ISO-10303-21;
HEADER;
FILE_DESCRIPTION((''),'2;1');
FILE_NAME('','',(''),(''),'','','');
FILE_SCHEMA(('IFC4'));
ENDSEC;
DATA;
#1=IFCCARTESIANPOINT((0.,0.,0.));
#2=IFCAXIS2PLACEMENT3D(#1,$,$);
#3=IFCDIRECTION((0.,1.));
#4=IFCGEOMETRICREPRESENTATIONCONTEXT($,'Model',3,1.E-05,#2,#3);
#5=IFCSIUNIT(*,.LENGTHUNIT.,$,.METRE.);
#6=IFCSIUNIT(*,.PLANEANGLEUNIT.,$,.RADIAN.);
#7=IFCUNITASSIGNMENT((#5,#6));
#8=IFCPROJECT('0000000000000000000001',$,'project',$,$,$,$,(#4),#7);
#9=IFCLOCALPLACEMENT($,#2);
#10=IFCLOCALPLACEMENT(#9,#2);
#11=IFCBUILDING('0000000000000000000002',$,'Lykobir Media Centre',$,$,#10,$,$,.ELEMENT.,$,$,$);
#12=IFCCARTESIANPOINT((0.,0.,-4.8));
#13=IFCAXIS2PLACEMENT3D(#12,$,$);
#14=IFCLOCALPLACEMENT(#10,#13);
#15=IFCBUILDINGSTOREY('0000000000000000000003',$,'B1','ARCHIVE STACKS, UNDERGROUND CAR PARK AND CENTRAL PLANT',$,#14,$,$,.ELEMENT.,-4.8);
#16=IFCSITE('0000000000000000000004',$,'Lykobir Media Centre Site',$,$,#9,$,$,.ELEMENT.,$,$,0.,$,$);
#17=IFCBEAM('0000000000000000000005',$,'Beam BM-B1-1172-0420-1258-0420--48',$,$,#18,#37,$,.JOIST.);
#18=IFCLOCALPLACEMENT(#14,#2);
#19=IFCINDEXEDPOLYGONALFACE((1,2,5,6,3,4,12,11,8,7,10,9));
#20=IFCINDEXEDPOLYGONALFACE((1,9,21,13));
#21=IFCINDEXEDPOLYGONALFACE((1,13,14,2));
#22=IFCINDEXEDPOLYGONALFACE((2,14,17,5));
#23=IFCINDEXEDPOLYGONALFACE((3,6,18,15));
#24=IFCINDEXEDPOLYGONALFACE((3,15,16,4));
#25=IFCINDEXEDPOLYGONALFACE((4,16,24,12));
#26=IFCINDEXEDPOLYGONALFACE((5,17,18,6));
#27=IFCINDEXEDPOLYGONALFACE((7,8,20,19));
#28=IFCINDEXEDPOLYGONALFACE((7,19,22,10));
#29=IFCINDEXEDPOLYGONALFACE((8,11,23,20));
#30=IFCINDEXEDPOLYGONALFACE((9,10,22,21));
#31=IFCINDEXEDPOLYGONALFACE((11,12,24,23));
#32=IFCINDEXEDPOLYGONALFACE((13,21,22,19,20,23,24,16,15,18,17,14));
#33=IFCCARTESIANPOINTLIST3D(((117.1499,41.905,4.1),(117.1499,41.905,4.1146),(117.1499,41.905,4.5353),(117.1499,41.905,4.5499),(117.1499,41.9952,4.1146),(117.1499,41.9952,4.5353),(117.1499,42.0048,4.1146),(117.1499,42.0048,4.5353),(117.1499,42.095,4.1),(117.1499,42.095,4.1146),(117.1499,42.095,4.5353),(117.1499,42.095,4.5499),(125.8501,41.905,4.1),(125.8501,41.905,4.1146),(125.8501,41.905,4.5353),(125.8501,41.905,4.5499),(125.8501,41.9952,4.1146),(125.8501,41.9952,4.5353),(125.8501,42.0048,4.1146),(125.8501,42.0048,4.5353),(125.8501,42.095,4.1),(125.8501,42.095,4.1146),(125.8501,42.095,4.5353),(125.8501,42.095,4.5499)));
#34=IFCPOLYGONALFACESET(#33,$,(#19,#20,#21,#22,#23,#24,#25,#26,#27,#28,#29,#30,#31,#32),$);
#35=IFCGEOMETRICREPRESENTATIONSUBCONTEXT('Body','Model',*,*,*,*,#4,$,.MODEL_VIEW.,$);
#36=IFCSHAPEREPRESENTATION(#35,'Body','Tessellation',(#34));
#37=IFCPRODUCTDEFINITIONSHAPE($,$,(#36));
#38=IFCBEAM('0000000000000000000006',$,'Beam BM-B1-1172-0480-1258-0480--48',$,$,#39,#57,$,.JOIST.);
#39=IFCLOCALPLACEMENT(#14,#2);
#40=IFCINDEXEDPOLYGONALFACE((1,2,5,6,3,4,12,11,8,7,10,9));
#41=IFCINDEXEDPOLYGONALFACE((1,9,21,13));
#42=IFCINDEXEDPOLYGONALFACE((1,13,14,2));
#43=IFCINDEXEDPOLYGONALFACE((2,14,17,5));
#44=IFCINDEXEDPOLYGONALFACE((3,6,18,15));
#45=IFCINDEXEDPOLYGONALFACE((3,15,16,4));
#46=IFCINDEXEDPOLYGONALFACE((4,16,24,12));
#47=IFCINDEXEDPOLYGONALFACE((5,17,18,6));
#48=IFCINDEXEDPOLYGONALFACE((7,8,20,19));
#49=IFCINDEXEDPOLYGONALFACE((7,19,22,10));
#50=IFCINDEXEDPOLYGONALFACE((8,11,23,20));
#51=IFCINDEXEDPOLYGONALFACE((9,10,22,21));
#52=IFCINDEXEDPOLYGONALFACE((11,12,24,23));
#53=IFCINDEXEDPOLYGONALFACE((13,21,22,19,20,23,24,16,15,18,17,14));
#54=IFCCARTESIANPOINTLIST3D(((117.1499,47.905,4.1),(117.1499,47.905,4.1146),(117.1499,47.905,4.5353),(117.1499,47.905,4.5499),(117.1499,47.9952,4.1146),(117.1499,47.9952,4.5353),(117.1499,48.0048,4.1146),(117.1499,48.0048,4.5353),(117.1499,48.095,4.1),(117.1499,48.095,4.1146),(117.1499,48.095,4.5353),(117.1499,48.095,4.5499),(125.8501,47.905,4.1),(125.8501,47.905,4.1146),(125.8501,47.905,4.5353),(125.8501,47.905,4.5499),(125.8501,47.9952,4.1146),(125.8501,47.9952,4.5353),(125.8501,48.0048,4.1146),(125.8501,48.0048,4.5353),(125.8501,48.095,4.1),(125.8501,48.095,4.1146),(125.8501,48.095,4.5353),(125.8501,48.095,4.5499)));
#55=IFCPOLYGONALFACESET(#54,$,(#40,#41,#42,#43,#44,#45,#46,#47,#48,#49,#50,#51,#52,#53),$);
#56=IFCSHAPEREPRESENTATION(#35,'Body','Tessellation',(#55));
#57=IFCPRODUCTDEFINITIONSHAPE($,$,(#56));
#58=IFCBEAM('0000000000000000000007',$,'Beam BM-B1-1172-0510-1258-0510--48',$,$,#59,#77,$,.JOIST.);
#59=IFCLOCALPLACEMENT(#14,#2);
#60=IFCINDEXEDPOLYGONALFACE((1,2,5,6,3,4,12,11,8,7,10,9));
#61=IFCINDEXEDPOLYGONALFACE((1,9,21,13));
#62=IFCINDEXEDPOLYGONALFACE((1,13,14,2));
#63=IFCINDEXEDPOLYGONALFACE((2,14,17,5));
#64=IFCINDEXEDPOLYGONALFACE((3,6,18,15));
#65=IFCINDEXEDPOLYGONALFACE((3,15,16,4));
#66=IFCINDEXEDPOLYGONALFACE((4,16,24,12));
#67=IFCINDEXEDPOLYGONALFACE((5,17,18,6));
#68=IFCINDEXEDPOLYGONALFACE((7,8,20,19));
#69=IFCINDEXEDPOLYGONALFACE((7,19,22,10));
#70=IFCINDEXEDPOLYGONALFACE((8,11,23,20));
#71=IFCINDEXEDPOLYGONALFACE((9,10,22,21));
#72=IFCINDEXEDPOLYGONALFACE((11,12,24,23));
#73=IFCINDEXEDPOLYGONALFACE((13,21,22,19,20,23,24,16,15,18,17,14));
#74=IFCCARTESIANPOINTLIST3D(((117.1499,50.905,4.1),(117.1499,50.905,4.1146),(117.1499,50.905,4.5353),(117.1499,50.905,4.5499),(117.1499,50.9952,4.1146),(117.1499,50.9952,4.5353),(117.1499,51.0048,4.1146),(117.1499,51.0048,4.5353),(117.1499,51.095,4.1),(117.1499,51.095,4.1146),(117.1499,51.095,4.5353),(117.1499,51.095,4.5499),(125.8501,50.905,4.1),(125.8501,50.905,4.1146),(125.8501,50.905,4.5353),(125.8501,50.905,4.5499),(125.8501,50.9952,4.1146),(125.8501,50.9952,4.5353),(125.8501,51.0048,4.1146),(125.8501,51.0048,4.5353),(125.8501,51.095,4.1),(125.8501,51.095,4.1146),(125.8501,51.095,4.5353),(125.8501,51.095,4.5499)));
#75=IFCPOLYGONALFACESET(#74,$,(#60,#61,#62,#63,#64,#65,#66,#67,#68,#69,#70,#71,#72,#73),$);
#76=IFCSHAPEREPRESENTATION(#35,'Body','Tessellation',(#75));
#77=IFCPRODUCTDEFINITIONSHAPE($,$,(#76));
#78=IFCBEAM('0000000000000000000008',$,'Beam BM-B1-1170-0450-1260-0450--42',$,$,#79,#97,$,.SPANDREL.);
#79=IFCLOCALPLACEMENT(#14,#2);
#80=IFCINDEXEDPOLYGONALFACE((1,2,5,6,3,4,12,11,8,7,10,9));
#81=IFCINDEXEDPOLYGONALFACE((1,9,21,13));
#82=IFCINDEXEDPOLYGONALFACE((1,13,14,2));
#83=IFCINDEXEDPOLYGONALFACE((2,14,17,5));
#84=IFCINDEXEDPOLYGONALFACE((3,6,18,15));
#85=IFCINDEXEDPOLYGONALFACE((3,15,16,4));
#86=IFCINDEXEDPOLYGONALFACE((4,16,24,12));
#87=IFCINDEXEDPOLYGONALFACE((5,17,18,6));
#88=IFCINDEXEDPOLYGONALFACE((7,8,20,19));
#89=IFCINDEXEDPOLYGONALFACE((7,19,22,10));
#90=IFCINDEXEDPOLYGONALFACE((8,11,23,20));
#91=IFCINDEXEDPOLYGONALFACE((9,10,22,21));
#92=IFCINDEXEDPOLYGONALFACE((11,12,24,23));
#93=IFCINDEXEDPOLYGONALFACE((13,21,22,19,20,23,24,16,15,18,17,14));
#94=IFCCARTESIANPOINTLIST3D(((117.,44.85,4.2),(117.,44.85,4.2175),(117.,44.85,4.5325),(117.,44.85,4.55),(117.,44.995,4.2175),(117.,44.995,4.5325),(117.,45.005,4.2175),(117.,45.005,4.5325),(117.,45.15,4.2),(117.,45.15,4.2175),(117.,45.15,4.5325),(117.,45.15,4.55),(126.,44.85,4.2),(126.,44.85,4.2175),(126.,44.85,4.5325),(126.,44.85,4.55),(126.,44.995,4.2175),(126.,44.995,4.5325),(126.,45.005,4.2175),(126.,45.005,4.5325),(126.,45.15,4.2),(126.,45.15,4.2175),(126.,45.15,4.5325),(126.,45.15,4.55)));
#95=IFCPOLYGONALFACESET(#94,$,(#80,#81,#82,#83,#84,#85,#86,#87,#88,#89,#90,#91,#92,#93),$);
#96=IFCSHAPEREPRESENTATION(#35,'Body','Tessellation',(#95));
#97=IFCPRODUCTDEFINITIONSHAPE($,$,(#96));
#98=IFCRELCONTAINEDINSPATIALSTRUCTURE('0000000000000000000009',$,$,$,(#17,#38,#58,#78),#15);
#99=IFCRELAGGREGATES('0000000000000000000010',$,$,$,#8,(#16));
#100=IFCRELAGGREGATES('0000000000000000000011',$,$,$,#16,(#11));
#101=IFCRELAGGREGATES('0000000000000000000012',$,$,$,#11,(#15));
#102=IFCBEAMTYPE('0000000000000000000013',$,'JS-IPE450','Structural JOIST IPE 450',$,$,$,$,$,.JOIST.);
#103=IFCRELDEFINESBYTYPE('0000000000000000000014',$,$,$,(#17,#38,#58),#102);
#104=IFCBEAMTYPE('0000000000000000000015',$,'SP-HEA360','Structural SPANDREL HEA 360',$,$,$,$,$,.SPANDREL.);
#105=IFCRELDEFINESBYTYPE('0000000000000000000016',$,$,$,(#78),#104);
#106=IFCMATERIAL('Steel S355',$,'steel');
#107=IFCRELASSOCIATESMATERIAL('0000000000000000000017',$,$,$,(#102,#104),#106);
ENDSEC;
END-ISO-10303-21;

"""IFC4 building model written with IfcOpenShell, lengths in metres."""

from ifc_helpers import new_model, si_unit, direction, frame, origin, origin_2d, place, context, subcontext, project, spatial, i_section, extrude, material, material_profile, profile_set, type_object, element, save


model = new_model("IFC4")

# Units and contexts
model_context = context("Model", 3, precision=1e-05, world=origin(), true_north=direction((0.0, 1.0)))
body_context = subcontext(model_context, "Body", "Model", "MODEL_VIEW")
ifc_project = project(units=[si_unit("LENGTHUNIT", "METRE"), si_unit("PLANEANGLEUNIT", "RADIAN")], contexts=[model_context])

# Site, building, storey
site_placement = place(None, origin())
site = spatial("IfcSite", under=ifc_project, at=site_placement, Name="Lykobir Media Centre Site", CompositionType="ELEMENT", RefElevation=0.0)
building_placement = place(site_placement, origin())
building = spatial("IfcBuilding", under=site, at=building_placement, Name="Lykobir Media Centre", CompositionType="ELEMENT")
storey_placement = place(building_placement, frame((0.0, 0.0, -4.8)))
storey = spatial("IfcBuildingStorey", under=building, at=storey_placement, Name="B1", Description="ARCHIVE STACKS, UNDERGROUND CAR PARK AND CENTRAL PLANT", CompositionType="ELEMENT", Elevation=-4.8)

# Beams
ifc_material_1 = material(Name="Steel S355", Category="steel")
ifc_material_profile_1 = material_profile(ifc_material_1, i_section(OverallWidth=0.1899, OverallDepth=0.45, WebThickness=0.0095, FlangeThickness=0.0146, at=origin_2d()), Name="IPE 450")
ifc_profile_set_1 = profile_set([ifc_material_profile_1], Name="Steel S355")
beam_type_1 = type_object("IfcBeamType", Name="JS-IPE450", Description="Structural JOIST IPE 450", PredefinedType="JOIST", material=ifc_profile_set_1)
for number, where, z_axis, x_axis, name in (
    (1, (117.1499, 42.0, 4.325), (1.0, 0.0, 0.0), (0.0, 1.0, 0.0), "Beam BM-B1-1172-0420-1258-0420--48"),
    (2, (117.1499, 48.0, 4.325), (1.0, 0.0, 0.0), (0.0, 1.0, 0.0), "Beam BM-B1-1172-0480-1258-0480--48"),
    (3, (117.1499, 51.0, 4.325), (1.0, 0.0, 0.0), (0.0, 1.0, 0.0), "Beam BM-B1-1172-0510-1258-0510--48"),
):
    element("IfcBeam", number, at=place(storey_placement, frame(where, z_axis=z_axis, x_axis=x_axis)), inside=storey, type_object=beam_type_1, Name=name, PredefinedType="JOIST", context=body_context, shape_type="SweptSolid", body=[
        extrude(i_section(OverallWidth=0.1899, OverallDepth=0.45, WebThickness=0.0095, FlangeThickness=0.0146, at=origin_2d()), origin(), (0.0, 0.0, 1.0), 8.7002),
    ])
ifc_material_profile_2 = material_profile(ifc_material_1, i_section(OverallWidth=0.3, OverallDepth=0.3501, WebThickness=0.01, FlangeThickness=0.0176, at=origin_2d()), Name="HEA 360")
ifc_profile_set_2 = profile_set([ifc_material_profile_2], Name="Steel S355")
beam_type_2 = type_object("IfcBeamType", Name="SP-HEA360", Description="Structural SPANDREL HEA 360", PredefinedType="SPANDREL", material=ifc_profile_set_2)
beam_placement = place(storey_placement, frame((117.0, 45.0, 4.375), z_axis=(1.0, 0.0, 0.0), x_axis=(0.0, 1.0, 0.0)))
element("IfcBeam", 4, at=beam_placement, inside=storey, type_object=beam_type_2, Name="Beam BM-B1-1170-0450-1260-0450--42", PredefinedType="SPANDREL", context=body_context, shape_type="SweptSolid", body=[
    extrude(i_section(OverallWidth=0.3, OverallDepth=0.3501, WebThickness=0.01, FlangeThickness=0.0176, at=origin_2d()), origin(), (0.0, 0.0, 1.0), 9.0),
])

save(model, "model.ifc")
